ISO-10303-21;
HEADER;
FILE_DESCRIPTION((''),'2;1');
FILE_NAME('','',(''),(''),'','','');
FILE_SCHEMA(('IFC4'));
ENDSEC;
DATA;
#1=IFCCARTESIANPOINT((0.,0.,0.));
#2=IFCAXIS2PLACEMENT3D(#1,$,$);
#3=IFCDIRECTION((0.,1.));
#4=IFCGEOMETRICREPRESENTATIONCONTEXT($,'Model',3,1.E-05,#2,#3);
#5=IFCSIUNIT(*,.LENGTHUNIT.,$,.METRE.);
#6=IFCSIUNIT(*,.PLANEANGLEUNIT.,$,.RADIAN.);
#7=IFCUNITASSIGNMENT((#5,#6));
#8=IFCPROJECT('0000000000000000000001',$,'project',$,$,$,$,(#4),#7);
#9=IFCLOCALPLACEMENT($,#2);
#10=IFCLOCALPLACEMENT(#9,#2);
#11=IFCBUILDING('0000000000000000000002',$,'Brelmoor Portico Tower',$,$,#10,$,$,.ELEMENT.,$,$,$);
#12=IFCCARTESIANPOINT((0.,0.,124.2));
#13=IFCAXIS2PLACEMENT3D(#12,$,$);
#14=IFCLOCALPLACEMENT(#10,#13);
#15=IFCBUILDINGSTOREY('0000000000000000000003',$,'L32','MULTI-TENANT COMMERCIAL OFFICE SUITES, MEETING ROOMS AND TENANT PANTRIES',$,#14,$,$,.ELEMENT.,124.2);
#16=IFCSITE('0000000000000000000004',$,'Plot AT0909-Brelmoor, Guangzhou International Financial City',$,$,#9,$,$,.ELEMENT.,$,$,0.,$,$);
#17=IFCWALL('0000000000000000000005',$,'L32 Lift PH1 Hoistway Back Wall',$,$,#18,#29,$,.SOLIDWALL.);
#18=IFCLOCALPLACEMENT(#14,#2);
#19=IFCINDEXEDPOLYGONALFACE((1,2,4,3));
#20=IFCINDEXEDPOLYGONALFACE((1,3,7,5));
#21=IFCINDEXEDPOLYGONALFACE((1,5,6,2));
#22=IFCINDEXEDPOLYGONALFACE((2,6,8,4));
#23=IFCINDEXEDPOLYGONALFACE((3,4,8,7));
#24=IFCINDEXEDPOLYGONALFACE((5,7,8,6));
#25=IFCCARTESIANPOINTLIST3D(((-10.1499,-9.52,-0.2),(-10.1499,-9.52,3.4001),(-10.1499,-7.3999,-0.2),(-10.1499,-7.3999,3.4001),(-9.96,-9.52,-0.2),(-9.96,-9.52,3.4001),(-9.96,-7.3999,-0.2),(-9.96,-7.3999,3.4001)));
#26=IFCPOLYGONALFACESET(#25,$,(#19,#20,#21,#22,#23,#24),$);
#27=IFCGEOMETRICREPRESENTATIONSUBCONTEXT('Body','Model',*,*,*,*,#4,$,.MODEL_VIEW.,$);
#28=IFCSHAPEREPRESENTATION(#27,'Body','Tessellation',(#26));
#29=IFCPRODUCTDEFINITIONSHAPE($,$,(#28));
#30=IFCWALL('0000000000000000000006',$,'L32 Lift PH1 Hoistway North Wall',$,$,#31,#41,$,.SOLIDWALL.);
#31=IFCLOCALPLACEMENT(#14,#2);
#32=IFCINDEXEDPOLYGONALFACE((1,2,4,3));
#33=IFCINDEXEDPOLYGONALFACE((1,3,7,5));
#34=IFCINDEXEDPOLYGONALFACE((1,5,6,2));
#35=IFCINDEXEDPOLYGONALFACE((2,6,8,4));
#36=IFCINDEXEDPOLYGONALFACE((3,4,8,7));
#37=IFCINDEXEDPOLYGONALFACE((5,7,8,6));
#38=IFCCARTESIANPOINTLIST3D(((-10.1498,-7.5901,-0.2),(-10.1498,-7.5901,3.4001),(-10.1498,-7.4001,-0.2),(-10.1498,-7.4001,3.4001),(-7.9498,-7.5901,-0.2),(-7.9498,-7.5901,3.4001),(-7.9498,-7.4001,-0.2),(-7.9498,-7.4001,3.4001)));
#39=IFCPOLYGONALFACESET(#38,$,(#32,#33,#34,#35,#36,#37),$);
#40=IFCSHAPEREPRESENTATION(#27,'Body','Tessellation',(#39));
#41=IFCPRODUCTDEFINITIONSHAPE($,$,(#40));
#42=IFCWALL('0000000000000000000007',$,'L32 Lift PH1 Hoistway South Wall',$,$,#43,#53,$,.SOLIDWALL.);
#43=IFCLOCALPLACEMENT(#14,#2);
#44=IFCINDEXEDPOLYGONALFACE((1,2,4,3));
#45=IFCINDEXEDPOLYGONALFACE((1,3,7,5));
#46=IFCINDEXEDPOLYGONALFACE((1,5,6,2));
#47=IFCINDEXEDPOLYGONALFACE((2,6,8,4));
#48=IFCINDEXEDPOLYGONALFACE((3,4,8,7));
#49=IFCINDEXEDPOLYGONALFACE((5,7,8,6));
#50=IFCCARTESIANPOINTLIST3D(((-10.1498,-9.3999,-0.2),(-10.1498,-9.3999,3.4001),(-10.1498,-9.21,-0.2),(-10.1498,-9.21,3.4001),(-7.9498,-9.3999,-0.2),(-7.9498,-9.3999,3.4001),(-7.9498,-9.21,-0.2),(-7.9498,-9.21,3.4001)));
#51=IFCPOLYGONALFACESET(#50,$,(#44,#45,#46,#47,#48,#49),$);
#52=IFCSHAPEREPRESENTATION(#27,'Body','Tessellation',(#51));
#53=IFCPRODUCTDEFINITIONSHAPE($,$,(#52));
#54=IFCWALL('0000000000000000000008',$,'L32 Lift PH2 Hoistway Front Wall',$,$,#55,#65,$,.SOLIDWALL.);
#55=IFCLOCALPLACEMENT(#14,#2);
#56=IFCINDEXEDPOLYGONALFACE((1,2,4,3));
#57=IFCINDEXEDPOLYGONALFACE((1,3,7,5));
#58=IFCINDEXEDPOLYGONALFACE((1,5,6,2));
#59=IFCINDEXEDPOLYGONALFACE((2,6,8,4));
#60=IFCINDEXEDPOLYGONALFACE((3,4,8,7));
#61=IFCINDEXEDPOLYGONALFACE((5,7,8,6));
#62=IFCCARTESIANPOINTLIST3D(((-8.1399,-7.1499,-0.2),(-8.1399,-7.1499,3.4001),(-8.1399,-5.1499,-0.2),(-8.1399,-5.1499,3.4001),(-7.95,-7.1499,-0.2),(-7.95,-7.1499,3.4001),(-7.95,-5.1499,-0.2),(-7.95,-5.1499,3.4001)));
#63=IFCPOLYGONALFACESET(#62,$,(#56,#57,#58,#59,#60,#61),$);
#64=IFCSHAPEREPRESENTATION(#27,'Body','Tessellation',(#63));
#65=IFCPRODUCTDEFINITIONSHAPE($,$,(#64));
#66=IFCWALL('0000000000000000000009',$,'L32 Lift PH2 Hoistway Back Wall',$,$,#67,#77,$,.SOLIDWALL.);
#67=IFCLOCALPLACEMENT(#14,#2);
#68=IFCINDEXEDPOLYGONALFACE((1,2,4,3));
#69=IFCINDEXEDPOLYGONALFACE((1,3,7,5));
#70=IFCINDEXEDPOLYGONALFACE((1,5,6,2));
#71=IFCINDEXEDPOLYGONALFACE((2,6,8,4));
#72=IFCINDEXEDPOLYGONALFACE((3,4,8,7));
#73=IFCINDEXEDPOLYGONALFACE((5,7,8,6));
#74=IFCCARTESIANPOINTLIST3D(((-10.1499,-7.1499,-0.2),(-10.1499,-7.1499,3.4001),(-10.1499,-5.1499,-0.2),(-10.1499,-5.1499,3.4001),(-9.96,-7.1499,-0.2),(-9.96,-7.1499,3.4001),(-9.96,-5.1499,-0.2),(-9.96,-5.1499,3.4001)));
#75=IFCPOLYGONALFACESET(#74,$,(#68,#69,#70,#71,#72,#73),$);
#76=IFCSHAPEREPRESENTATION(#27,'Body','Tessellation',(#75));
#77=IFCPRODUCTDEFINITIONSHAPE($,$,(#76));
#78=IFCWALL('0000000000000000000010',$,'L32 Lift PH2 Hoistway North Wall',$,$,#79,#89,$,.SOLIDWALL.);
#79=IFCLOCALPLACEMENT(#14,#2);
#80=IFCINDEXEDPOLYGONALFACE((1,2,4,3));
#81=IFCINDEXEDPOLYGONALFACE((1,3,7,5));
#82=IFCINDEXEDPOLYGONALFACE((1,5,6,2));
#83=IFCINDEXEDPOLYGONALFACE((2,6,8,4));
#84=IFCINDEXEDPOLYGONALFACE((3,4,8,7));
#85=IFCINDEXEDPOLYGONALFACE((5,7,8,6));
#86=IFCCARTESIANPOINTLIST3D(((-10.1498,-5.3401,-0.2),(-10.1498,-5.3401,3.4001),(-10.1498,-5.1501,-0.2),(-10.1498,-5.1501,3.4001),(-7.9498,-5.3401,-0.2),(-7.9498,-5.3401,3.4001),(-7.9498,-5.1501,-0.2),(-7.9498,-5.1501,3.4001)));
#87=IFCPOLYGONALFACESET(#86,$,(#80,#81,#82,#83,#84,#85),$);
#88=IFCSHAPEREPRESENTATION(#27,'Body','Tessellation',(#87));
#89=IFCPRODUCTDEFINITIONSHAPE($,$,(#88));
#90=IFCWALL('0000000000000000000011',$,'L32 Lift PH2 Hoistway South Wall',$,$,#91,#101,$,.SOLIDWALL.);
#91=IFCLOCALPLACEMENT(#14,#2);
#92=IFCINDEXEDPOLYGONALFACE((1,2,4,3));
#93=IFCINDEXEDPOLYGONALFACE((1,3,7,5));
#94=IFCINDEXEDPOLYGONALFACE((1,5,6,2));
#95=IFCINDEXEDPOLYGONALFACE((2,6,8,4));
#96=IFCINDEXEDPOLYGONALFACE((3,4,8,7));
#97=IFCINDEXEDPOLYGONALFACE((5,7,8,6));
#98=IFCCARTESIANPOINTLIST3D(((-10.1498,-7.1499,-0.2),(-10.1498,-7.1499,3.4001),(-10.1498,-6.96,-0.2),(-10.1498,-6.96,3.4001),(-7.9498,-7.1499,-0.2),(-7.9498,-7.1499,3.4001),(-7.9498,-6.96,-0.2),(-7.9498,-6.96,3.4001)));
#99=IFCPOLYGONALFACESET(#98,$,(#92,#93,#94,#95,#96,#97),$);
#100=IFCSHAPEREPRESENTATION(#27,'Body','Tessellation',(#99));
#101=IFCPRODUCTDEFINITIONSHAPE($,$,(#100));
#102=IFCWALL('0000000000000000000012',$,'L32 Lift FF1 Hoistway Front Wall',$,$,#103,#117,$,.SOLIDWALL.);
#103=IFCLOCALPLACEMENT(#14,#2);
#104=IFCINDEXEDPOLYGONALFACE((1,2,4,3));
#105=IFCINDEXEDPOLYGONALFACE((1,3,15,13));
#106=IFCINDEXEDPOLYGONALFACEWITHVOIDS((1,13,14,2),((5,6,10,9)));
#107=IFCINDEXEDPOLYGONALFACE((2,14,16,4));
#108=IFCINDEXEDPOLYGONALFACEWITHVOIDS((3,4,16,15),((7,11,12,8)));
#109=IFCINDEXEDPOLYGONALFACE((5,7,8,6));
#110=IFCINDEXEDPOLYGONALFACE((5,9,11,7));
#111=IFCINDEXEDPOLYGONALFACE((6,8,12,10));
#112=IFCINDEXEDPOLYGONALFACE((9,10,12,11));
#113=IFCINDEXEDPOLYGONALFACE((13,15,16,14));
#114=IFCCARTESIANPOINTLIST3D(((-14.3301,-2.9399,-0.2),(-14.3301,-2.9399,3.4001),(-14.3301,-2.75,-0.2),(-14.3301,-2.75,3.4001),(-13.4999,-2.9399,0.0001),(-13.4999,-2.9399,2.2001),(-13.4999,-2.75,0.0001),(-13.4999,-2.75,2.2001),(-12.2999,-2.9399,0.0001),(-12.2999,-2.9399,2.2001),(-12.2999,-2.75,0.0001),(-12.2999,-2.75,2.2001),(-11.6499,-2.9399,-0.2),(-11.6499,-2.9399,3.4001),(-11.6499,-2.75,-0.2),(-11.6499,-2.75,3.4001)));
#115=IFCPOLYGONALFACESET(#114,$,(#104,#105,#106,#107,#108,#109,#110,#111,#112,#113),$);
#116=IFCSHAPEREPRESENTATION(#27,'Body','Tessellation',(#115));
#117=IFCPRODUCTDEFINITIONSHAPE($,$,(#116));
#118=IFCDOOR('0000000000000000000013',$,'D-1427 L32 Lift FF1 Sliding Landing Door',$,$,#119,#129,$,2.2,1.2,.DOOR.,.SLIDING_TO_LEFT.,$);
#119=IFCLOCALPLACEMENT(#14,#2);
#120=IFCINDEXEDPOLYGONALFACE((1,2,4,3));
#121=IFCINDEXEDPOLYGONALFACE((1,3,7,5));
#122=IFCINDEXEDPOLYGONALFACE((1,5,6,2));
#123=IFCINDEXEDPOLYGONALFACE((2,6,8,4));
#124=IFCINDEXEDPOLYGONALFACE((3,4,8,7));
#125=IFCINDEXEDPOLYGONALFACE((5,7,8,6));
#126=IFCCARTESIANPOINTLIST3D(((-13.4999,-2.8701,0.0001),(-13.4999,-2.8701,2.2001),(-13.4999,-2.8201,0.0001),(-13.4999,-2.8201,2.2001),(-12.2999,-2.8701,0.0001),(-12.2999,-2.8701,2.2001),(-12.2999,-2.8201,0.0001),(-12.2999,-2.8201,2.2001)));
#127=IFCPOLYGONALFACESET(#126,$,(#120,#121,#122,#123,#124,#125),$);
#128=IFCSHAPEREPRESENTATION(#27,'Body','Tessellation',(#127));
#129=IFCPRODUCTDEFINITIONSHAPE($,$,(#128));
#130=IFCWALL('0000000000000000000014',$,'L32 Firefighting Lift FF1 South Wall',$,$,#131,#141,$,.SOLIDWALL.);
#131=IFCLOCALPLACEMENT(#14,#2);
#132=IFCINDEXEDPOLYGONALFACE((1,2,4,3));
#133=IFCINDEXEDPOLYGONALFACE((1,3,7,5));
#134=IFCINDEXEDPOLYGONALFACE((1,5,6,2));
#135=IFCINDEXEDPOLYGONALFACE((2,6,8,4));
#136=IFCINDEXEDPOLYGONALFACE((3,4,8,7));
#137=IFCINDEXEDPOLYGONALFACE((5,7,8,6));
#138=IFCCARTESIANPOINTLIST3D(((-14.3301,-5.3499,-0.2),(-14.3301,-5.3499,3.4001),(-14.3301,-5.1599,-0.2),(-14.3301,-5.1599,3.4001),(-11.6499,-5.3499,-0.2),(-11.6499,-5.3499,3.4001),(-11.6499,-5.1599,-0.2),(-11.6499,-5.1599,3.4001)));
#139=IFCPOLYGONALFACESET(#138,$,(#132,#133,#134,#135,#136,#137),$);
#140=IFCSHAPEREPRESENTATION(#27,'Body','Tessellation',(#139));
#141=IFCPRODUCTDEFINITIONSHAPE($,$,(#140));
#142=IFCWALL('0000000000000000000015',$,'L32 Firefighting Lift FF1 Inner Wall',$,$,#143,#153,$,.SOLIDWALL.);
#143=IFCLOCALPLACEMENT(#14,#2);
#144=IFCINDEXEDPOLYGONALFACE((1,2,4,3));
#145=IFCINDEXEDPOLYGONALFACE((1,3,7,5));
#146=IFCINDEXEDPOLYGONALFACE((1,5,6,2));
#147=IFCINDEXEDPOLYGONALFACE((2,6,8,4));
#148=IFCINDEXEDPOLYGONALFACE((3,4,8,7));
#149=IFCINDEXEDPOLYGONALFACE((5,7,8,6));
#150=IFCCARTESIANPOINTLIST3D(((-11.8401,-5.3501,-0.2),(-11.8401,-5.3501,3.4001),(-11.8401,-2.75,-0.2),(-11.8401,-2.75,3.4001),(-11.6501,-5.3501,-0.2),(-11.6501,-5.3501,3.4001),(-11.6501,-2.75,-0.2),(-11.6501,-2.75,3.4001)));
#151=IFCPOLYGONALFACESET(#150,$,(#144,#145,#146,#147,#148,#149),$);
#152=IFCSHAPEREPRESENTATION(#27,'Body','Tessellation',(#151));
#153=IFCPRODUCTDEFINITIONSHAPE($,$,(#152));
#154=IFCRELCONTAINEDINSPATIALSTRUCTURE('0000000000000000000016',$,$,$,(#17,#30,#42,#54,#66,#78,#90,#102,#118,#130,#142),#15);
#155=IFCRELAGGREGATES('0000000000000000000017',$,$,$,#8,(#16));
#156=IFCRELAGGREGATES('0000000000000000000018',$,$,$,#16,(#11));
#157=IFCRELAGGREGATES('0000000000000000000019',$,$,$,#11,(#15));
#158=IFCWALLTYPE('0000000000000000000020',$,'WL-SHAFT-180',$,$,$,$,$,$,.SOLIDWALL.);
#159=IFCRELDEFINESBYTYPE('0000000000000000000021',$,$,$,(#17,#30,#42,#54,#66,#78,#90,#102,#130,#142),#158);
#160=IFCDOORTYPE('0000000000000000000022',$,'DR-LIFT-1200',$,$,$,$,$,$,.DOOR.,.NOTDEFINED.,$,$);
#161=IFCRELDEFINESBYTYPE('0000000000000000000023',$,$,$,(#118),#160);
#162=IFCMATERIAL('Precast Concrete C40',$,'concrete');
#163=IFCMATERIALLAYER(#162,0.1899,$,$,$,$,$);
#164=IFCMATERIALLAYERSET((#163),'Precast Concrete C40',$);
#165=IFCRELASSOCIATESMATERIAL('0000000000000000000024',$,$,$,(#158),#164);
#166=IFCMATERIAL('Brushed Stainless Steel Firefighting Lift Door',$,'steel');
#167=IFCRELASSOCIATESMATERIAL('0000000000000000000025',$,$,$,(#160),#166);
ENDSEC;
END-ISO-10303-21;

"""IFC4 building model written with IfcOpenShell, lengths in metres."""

from ifc_helpers import new_model, si_unit, direction, frame, frame_2d, origin, place, context, subcontext, project, spatial, rectangle, extrude, material, layer, layer_set, type_object, element, fill, save


model = new_model("IFC4")

# Units and contexts
model_context = context("Model", 3, precision=1e-05, world=origin(), true_north=direction((0.0, 1.0)))
body_context = subcontext(model_context, "Body", "Model", "MODEL_VIEW")
ifc_project = project(units=[si_unit("LENGTHUNIT", "METRE"), si_unit("PLANEANGLEUNIT", "RADIAN")], contexts=[model_context])

# Site, building, storey
site_placement = place(None, origin())
site = spatial("IfcSite", under=ifc_project, at=site_placement, Name="Plot AT0909-Brelmoor, Guangzhou International Financial City", CompositionType="ELEMENT", RefElevation=0.0)
building_placement = place(site_placement, origin())
building = spatial("IfcBuilding", under=site, at=building_placement, Name="Brelmoor Portico Tower", CompositionType="ELEMENT")
storey_placement = place(building_placement, frame((0.0, 0.0, 124.2)))
storey = spatial("IfcBuildingStorey", under=building, at=storey_placement, Name="L32", Description="MULTI-TENANT COMMERCIAL OFFICE SUITES, MEETING ROOMS AND TENANT PANTRIES", CompositionType="ELEMENT", Elevation=124.2)

# Walls
ifc_material_1 = material(Name="Precast Concrete C40", Category="concrete")
ifc_layer_1 = layer(ifc_material_1, 0.1899)
ifc_layer_set_1 = layer_set([ifc_layer_1], Name="Precast Concrete C40")
wall_type_1 = type_object("IfcWallType", Name="WL-SHAFT-180", PredefinedType="SOLIDWALL", material=ifc_layer_set_1)
for number, where, z_axis, x_axis, name in (
    (1, (-10.0549, -9.52, -0.2), (0.0, 0.0, 1.0), (0.0, 1.0, 0.0), "L32 Lift PH1 Hoistway Back Wall"),
):
    element("IfcWall", number, at=place(storey_placement, frame(where, z_axis=z_axis, x_axis=x_axis)), inside=storey, type_object=wall_type_1, Name=name, PredefinedType="SOLIDWALL", context=body_context, shape_type="SweptSolid", body=[
        extrude(rectangle(XDim=2.1201, YDim=0.1899, at=frame_2d((1.0601, 0.0))), origin(), (0.0, 0.0, 1.0), 3.6001),
    ])
for number, where, z_axis, x_axis, name in (
    (2, (-10.1499, -7.4951, -0.2), (0.0, 0.0, 1.0), (1.0, 0.0, 0.0), "L32 Lift PH1 Hoistway North Wall"),
    (3, (-10.1499, -9.3049, -0.2), (0.0, 0.0, 1.0), (1.0, 0.0, 0.0), "L32 Lift PH1 Hoistway South Wall"),
):
    element("IfcWall", number, at=place(storey_placement, frame(where, z_axis=z_axis, x_axis=x_axis)), inside=storey, type_object=wall_type_1, Name=name, PredefinedType="SOLIDWALL", context=body_context, shape_type="SweptSolid", body=[
        extrude(rectangle(XDim=2.2, YDim=0.1899, at=frame_2d((1.1001, 0.0))), origin(), (0.0, 0.0, 1.0), 3.6001),
    ])
for number, where, z_axis, x_axis, name in (
    (4, (-8.0449, -7.1499, -0.2), (0.0, 0.0, 1.0), (0.0, 1.0, 0.0), "L32 Lift PH2 Hoistway Front Wall"),
    (5, (-10.0549, -7.1499, -0.2), (0.0, 0.0, 1.0), (0.0, 1.0, 0.0), "L32 Lift PH2 Hoistway Back Wall"),
):
    element("IfcWall", number, at=place(storey_placement, frame(where, z_axis=z_axis, x_axis=x_axis)), inside=storey, type_object=wall_type_1, Name=name, PredefinedType="SOLIDWALL", context=body_context, shape_type="SweptSolid", body=[
        extrude(rectangle(XDim=2.0, YDim=0.1899, at=frame_2d((1.0, 0.0))), origin(), (0.0, 0.0, 1.0), 3.6001),
    ])
for number, where, z_axis, x_axis, name in (
    (6, (-10.1499, -5.2451, -0.2), (0.0, 0.0, 1.0), (1.0, 0.0, 0.0), "L32 Lift PH2 Hoistway North Wall"),
    (7, (-10.1499, -7.0549, -0.2), (0.0, 0.0, 1.0), (1.0, 0.0, 0.0), "L32 Lift PH2 Hoistway South Wall"),
):
    element("IfcWall", number, at=place(storey_placement, frame(where, z_axis=z_axis, x_axis=x_axis)), inside=storey, type_object=wall_type_1, Name=name, PredefinedType="SOLIDWALL", context=body_context, shape_type="SweptSolid", body=[
        extrude(rectangle(XDim=2.2, YDim=0.1899, at=frame_2d((1.1001, 0.0))), origin(), (0.0, 0.0, 1.0), 3.6001),
    ])

# Wall, opening, door
wall_1_placement = place(storey_placement, frame((-14.3301, -2.845, -0.2), z_axis=(0.0, 0.0, 1.0), x_axis=(1.0, 0.0, 0.0)))
wall_1 = element("IfcWall", 8, at=wall_1_placement, inside=storey, type_object=wall_type_1, Name="L32 Lift FF1 Hoistway Front Wall", PredefinedType="SOLIDWALL", context=body_context, shape_type="SweptSolid", body=[
    extrude(rectangle(XDim=2.6802, YDim=0.1899, at=frame_2d((1.3401, 0.0))), origin(), (0.0, 0.0, 1.0), 3.6001),
])
opening_1_placement = place(wall_1_placement, frame((0.8301, 0.0, 0.2)))
opening_1 = element("IfcOpeningElement", 9, at=opening_1_placement, cuts=wall_1, PredefinedType="OPENING", context=body_context, shape_type="SweptSolid", body=[
    extrude(rectangle(XDim=1.2, YDim=2.2, at=frame_2d((0.6001, 1.1001))), frame((0.0, 0.105, 0.0), z_axis=(0.0, -1.0, 0.0), x_axis=(1.0, 0.0, 0.0)), (0.0, 0.0, 1.0), 0.21),
])
ifc_material_2 = material(Name="Brushed Stainless Steel Firefighting Lift Door", Category="steel")
door_type_1 = type_object("IfcDoorType", Name="DR-LIFT-1200", OperationType="NOTDEFINED", PredefinedType="DOOR", material=ifc_material_2)
door_1_placement = place(opening_1_placement, origin())
door_1 = element("IfcDoor", 10, at=door_1_placement, inside=storey, type_object=door_type_1, Name="D-1427 L32 Lift FF1 Sliding Landing Door", OperationType="SLIDING_TO_LEFT", OverallHeight=2.2, OverallWidth=1.2, PredefinedType="DOOR", context=body_context, shape_type="SweptSolid", body=[
    extrude(rectangle(XDim=1.2, YDim=2.2, at=frame_2d((0.6001, 1.1001))), frame((0.0, 0.0249, 0.0), z_axis=(0.0, -1.0, 0.0), x_axis=(1.0, 0.0, 0.0)), (0.0, 0.0, 1.0), 0.05),
])
fill(opening_1, door_1)

# Walls
wall_2_placement = place(storey_placement, frame((-14.3301, -5.2549, -0.2), z_axis=(0.0, 0.0, 1.0), x_axis=(1.0, 0.0, 0.0)))
element("IfcWall", 11, at=wall_2_placement, inside=storey, type_object=wall_type_1, Name="L32 Firefighting Lift FF1 South Wall", PredefinedType="SOLIDWALL", context=body_context, shape_type="SweptSolid", body=[
    extrude(rectangle(XDim=2.6802, YDim=0.1899, at=frame_2d((1.3401, 0.0))), origin(), (0.0, 0.0, 1.0), 3.6001),
])
wall_3_placement = place(storey_placement, frame((-11.7451, -5.3501, -0.2), z_axis=(0.0, 0.0, 1.0), x_axis=(0.0, 1.0, 0.0)))
element("IfcWall", 12, at=wall_3_placement, inside=storey, type_object=wall_type_1, Name="L32 Firefighting Lift FF1 Inner Wall", PredefinedType="SOLIDWALL", context=body_context, shape_type="SweptSolid", body=[
    extrude(rectangle(XDim=2.6001, YDim=0.1899, at=frame_2d((1.3, 0.0))), origin(), (0.0, 0.0, 1.0), 3.6001),
])

save(model, "model.ifc")
